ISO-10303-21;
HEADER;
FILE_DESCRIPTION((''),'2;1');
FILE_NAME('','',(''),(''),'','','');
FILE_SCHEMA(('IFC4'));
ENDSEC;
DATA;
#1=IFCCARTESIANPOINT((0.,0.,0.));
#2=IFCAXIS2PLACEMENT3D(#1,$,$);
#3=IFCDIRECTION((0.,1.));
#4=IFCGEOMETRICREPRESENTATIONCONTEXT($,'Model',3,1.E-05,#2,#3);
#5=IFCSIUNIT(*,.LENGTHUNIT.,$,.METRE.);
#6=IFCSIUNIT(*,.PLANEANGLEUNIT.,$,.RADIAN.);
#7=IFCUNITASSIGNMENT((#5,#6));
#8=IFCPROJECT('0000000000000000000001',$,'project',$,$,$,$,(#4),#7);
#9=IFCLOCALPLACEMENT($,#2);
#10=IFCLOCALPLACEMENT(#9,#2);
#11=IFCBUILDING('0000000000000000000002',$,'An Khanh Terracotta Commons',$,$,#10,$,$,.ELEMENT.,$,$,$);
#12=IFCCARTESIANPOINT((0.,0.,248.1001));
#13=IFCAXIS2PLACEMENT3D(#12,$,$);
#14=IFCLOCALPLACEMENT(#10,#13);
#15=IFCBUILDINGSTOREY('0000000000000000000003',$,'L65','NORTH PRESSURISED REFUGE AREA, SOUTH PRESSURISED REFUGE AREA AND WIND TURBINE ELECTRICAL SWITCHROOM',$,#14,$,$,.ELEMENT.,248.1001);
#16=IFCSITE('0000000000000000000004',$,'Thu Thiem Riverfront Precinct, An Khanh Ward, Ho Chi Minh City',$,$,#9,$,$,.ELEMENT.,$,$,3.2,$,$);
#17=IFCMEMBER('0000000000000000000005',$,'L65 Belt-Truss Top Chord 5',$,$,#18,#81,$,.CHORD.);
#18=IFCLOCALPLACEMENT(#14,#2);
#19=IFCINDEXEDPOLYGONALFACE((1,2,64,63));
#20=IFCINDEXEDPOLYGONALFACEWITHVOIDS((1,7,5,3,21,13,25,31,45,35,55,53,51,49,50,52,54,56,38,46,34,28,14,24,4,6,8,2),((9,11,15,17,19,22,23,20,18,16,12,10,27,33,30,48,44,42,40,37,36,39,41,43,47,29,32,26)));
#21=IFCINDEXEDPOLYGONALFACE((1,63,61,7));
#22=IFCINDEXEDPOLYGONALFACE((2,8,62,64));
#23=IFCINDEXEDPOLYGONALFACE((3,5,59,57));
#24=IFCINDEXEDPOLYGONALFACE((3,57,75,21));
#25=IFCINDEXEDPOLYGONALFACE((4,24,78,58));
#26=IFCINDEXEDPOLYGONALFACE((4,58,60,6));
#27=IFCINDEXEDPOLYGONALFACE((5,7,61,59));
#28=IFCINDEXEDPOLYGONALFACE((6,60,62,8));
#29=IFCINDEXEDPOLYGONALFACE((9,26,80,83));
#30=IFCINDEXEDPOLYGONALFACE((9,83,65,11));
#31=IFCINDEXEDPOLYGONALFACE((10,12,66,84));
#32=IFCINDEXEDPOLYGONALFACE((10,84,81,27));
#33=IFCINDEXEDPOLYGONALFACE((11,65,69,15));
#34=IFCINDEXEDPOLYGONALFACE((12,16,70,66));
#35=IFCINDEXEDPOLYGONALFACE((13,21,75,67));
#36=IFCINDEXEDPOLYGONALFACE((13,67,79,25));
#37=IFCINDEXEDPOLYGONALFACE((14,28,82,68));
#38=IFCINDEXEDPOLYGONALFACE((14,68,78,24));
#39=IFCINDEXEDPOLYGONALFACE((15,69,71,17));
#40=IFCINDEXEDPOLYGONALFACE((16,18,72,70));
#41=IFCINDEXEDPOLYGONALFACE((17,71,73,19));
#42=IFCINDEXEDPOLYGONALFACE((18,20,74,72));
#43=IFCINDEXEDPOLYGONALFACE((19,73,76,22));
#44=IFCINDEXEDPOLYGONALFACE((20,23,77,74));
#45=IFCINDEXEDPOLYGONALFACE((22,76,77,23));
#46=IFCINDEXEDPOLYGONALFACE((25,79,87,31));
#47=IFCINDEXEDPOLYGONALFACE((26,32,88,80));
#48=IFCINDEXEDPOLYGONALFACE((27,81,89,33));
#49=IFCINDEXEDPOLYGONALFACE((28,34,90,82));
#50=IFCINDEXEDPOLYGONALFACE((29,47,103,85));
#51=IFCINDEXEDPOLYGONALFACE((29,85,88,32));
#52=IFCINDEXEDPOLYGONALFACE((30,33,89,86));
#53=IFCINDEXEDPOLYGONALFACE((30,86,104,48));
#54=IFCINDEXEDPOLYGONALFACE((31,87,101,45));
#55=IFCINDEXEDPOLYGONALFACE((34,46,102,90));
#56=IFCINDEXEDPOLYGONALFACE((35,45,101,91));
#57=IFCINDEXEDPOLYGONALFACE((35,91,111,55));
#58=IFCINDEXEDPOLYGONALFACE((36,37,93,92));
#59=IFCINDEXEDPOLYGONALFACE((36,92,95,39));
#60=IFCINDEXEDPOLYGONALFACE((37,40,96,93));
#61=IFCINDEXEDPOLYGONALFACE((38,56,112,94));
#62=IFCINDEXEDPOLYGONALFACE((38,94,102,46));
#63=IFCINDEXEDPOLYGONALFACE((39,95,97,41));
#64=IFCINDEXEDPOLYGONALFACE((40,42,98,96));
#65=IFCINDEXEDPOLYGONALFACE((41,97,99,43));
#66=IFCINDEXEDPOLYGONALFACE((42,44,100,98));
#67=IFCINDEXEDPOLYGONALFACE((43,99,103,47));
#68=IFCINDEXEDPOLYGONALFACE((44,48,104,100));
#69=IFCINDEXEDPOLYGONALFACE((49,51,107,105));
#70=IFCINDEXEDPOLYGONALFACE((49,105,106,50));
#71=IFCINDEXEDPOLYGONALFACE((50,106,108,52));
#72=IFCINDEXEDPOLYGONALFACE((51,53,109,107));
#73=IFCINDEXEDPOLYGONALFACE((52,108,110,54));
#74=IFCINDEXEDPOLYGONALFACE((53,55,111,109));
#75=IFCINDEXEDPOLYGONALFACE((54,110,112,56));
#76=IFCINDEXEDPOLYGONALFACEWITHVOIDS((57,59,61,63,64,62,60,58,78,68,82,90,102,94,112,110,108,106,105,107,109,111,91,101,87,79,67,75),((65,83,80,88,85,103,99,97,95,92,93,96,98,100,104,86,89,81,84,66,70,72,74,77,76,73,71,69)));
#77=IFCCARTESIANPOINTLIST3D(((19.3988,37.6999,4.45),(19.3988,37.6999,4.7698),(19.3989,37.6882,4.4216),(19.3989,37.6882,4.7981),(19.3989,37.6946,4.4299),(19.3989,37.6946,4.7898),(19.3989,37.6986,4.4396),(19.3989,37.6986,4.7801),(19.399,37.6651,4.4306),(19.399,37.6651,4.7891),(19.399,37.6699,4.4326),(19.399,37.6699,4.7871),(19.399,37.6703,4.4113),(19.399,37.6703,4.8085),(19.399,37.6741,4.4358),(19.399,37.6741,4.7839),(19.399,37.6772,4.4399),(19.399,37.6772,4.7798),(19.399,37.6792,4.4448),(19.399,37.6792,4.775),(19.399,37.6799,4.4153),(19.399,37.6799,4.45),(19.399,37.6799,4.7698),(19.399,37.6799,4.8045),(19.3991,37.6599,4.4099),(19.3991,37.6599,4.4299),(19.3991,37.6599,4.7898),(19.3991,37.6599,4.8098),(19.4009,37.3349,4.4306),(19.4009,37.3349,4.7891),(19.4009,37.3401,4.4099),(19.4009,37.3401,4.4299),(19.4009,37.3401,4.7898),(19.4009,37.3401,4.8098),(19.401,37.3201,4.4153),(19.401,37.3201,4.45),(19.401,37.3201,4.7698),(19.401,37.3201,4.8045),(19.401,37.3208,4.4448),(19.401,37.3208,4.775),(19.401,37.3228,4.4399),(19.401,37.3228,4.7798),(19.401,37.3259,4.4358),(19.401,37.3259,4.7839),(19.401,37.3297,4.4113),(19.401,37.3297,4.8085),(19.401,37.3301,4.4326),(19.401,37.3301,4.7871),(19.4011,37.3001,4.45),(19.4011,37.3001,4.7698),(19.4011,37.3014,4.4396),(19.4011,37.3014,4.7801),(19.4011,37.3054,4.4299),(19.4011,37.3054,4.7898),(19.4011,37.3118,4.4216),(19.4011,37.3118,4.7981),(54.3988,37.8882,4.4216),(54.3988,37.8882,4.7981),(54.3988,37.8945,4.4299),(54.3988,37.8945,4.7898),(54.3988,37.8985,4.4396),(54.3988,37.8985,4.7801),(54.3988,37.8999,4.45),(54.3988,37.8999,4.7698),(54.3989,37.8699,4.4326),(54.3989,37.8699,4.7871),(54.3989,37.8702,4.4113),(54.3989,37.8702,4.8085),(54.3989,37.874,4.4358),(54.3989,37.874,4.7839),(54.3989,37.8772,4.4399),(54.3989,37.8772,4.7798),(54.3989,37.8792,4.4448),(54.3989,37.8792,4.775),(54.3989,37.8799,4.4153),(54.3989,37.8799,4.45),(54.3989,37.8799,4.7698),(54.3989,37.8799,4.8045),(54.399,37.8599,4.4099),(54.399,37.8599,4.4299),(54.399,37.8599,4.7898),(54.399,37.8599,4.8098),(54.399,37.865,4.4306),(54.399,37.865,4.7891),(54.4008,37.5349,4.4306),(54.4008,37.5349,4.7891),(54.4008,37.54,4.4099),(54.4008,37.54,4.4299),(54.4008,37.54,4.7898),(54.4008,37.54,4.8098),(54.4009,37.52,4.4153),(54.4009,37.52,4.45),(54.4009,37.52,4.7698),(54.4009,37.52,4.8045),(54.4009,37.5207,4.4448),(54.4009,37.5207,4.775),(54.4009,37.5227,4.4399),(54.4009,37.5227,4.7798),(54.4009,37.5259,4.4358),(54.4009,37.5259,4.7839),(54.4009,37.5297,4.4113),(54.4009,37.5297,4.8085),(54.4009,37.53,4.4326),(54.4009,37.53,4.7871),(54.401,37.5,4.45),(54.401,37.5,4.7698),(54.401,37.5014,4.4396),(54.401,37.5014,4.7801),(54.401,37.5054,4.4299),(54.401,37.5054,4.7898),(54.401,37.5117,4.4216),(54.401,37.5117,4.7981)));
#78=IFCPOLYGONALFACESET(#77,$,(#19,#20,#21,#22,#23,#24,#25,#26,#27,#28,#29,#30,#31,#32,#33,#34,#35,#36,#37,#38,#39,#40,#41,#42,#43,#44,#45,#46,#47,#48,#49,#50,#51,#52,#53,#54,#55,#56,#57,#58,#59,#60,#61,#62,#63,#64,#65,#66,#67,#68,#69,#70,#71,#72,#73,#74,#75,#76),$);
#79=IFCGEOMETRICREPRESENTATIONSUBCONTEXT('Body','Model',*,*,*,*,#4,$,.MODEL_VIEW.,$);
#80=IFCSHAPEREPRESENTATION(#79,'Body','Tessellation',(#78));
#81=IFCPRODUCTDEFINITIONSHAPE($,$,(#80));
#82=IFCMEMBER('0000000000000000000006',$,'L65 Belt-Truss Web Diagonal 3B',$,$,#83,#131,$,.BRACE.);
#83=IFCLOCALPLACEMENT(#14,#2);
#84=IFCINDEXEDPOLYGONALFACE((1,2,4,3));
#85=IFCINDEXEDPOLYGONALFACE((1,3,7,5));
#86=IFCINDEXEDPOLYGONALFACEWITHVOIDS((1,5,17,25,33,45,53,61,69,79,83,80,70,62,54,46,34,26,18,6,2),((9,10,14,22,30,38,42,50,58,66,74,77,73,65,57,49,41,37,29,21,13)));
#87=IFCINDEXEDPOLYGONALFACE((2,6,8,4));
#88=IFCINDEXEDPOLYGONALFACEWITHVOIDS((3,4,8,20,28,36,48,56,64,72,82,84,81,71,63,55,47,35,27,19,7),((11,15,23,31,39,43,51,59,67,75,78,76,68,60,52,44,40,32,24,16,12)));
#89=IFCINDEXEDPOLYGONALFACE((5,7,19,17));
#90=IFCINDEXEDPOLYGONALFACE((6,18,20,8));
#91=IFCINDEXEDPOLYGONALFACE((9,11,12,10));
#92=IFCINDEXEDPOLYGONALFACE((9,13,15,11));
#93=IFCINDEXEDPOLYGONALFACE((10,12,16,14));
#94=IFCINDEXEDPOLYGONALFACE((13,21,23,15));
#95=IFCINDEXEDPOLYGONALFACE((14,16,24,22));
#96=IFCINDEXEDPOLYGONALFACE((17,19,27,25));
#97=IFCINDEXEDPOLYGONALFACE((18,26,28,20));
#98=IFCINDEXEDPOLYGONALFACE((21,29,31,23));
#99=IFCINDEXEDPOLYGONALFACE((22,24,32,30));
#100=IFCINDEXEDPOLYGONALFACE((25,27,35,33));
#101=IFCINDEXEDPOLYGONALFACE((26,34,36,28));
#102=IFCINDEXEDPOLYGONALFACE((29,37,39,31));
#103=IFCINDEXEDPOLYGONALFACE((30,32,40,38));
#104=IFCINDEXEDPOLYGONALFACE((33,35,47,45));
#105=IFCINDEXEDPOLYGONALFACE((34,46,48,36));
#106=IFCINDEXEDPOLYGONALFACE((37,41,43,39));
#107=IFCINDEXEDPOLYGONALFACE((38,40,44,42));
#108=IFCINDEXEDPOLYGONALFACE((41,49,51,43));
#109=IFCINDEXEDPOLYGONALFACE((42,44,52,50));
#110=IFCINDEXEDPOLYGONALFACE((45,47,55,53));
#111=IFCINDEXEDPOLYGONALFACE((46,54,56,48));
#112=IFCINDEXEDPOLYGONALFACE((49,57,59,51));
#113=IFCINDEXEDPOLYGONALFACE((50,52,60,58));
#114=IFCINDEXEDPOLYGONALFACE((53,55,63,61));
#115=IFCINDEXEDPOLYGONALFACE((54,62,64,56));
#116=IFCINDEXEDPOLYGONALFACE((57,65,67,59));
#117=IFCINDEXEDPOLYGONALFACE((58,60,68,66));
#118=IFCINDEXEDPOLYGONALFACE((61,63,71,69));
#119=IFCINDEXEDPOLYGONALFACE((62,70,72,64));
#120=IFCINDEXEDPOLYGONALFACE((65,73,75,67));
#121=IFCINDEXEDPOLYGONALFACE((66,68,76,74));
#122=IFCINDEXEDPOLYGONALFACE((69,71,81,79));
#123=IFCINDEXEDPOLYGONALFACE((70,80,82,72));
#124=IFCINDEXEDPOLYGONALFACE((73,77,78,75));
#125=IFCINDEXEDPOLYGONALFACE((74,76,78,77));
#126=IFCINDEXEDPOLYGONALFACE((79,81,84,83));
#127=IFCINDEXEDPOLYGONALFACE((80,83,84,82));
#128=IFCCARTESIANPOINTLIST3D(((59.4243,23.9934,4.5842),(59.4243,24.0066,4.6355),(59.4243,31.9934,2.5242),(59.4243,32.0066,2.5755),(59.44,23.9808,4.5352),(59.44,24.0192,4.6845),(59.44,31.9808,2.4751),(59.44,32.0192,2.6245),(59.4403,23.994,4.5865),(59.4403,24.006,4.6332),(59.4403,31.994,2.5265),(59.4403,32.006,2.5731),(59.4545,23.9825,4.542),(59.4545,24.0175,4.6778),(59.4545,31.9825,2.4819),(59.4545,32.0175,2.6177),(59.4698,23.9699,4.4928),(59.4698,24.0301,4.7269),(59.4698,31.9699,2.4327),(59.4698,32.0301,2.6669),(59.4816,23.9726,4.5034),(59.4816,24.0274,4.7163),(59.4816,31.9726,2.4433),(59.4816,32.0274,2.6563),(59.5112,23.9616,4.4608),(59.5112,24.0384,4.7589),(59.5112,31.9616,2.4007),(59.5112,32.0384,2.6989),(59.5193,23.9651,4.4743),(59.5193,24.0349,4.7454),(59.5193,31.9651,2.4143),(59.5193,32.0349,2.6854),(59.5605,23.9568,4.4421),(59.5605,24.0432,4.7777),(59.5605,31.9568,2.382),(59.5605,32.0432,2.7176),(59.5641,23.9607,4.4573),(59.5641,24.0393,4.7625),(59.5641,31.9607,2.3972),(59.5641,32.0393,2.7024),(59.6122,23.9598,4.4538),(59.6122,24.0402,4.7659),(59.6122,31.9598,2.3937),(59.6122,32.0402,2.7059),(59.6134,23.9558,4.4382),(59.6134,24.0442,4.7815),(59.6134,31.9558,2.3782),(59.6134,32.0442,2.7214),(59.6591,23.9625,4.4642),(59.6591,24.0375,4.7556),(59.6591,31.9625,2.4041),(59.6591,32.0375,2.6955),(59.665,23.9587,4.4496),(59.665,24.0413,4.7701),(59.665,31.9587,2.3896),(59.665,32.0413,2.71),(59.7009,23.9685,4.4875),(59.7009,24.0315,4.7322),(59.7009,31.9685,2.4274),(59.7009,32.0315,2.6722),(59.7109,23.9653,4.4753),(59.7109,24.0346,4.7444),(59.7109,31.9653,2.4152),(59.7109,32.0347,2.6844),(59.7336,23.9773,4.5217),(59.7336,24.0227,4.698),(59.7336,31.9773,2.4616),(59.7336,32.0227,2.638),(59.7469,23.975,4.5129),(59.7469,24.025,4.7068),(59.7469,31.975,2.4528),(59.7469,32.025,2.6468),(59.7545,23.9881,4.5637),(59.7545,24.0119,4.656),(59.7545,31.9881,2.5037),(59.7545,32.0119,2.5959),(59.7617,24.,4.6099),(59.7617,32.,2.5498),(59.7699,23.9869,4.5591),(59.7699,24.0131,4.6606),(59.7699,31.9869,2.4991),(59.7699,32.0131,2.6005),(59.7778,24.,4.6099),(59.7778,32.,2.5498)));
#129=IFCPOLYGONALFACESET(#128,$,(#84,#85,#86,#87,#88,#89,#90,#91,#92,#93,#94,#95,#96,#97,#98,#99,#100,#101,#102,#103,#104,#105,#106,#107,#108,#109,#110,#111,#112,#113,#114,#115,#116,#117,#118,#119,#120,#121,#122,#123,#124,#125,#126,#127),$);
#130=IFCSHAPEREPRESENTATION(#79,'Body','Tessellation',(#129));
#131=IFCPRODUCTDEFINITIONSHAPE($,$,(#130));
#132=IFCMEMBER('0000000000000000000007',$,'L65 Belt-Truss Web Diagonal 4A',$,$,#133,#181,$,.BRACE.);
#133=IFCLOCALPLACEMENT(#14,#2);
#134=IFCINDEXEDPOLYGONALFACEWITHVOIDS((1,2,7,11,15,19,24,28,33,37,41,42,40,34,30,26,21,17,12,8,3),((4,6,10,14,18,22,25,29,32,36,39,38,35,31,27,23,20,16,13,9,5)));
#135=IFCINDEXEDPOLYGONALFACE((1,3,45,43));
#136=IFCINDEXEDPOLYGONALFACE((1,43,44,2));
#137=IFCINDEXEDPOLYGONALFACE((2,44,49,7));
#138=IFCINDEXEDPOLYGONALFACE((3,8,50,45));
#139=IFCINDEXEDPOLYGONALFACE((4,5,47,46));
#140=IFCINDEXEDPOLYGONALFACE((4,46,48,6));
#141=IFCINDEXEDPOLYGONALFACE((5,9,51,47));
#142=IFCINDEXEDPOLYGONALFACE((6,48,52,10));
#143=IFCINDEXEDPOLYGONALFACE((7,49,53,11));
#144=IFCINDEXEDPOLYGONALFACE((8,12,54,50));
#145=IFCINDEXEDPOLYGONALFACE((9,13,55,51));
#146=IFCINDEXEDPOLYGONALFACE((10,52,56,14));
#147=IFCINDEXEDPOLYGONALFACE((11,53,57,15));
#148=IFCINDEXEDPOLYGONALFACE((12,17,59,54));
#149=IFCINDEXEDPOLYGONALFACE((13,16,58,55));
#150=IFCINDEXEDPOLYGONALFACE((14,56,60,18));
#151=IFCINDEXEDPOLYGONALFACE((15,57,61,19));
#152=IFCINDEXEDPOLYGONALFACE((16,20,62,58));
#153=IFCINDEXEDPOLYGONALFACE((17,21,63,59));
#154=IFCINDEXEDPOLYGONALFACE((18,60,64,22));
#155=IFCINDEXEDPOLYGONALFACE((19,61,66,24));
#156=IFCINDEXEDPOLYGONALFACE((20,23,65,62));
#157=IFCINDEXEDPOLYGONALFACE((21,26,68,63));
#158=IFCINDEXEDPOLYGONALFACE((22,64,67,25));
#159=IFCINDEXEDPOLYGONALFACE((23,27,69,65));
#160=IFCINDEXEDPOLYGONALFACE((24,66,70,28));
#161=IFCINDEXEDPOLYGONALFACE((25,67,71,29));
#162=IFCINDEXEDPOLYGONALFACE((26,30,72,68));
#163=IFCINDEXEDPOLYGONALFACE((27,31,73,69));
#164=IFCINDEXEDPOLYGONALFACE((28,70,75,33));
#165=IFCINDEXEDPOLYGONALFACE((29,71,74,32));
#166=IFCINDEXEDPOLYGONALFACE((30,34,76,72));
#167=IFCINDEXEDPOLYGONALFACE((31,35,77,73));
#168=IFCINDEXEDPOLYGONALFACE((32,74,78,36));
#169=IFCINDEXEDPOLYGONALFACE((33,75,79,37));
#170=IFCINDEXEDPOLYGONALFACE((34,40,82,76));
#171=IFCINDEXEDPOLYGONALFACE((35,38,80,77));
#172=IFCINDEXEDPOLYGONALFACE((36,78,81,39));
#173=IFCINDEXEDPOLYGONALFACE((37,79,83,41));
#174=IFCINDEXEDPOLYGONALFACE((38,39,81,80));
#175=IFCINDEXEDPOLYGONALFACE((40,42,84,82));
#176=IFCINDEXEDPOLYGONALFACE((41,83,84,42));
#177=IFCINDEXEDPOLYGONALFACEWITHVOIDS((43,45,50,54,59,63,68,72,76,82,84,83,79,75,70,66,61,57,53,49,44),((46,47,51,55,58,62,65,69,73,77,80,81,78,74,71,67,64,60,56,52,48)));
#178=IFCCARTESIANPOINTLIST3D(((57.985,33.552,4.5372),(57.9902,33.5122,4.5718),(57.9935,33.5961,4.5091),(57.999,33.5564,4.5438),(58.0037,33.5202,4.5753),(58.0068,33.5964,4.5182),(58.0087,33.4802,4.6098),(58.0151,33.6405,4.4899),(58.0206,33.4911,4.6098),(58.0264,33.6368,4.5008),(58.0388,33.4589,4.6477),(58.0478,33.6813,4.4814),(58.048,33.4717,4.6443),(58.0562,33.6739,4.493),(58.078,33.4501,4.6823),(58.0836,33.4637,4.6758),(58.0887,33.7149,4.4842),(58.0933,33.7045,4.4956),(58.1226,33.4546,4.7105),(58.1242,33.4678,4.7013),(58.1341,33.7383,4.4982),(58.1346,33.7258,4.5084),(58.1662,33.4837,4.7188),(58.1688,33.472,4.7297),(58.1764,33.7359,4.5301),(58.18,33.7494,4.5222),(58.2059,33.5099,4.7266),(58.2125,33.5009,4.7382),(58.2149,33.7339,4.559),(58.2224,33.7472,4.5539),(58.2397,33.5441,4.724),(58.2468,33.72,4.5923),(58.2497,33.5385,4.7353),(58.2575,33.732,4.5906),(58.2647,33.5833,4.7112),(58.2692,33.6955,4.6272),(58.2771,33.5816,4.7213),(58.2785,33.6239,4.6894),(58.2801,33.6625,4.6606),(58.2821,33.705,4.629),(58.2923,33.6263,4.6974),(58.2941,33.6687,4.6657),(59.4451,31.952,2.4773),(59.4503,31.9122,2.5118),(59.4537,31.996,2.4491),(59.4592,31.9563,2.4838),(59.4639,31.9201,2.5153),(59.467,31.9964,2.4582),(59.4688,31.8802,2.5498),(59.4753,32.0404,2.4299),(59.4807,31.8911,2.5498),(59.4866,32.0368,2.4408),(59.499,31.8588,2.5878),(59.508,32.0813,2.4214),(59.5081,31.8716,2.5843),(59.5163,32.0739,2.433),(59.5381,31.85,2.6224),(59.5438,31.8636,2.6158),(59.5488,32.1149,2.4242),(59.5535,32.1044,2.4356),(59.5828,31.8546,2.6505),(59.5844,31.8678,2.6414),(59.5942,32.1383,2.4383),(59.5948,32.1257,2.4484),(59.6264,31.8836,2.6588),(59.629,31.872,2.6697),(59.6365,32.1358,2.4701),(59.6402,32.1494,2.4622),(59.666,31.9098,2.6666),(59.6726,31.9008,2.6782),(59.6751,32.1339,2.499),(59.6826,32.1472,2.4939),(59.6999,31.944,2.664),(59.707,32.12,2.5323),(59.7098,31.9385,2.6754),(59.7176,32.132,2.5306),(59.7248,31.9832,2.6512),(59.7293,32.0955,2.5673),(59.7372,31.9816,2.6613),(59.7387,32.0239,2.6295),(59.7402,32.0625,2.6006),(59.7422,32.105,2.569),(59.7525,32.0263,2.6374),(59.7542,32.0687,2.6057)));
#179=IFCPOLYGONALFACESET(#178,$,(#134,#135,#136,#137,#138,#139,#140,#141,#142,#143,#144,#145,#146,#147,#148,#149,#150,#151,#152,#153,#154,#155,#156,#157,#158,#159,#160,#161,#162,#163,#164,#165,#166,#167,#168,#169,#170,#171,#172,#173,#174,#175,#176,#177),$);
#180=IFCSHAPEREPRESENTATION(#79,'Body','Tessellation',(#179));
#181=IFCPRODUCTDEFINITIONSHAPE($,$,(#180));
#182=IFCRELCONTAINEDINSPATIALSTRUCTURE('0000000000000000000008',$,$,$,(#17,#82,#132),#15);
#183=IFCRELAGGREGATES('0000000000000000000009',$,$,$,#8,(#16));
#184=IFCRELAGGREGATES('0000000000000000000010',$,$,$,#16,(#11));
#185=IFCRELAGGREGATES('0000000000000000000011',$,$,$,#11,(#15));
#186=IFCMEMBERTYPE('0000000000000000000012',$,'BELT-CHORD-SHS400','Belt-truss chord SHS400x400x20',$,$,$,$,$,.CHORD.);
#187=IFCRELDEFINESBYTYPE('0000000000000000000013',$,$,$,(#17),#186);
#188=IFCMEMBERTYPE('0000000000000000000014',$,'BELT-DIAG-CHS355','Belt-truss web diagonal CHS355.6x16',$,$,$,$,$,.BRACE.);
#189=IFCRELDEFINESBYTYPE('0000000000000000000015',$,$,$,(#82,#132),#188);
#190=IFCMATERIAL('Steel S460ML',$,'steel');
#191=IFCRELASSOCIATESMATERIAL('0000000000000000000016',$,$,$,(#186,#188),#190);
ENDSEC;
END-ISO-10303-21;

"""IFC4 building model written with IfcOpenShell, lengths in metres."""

from ifc_helpers import new_model, si_unit, direction, frame, origin, origin_2d, place, context, subcontext, project, spatial, hollow_rectangle, hollow_circle, extrude, material, material_profile, profile_set, type_object, element, save


model = new_model("IFC4")

# Units and contexts
model_context = context("Model", 3, precision=1e-05, world=origin(), true_north=direction((0.0, 1.0)))
body_context = subcontext(model_context, "Body", "Model", "MODEL_VIEW")
ifc_project = project(units=[si_unit("LENGTHUNIT", "METRE"), si_unit("PLANEANGLEUNIT", "RADIAN")], contexts=[model_context])

# Site, building, storey
site_placement = place(None, origin())
site = spatial("IfcSite", under=ifc_project, at=site_placement, Name="Thu Thiem Riverfront Precinct, An Khanh Ward, Ho Chi Minh City", CompositionType="ELEMENT", RefElevation=3.2)
building_placement = place(site_placement, origin())
building = spatial("IfcBuilding", under=site, at=building_placement, Name="An Khanh Terracotta Commons", CompositionType="ELEMENT")
storey_placement = place(building_placement, frame((0.0, 0.0, 248.1001)))
storey = spatial("IfcBuildingStorey", under=building, at=storey_placement, Name="L65", Description="NORTH PRESSURISED REFUGE AREA, SOUTH PRESSURISED REFUGE AREA AND WIND TURBINE ELECTRICAL SWITCHROOM", CompositionType="ELEMENT", Elevation=248.1001)

# Members
ifc_material_1 = material(Name="Steel S460ML", Category="steel")
ifc_material_profile_1 = material_profile(ifc_material_1, hollow_rectangle(XDim=0.3999, YDim=0.3999, WallThickness=0.02, InnerFilletRadius=0.02, OuterFilletRadius=0.04, at=origin_2d()), Name="SHS400x400x20")
ifc_profile_set_1 = profile_set([ifc_material_profile_1], Name="Steel S460ML")
member_type_1 = type_object("IfcMemberType", Name="BELT-CHORD-SHS400", Description="Belt-truss chord SHS400x400x20", PredefinedType="CHORD", material=ifc_profile_set_1)
for number, where, z_axis, x_axis, name in (
    (1, (54.3999, 37.7, 4.6099), (-0.999984, -0.005713, 0.0), (0.005713, -0.999984, 0.0), "L65 Belt-Truss Top Chord 5"),
):
    element("IfcMember", number, at=place(storey_placement, frame(where, z_axis=z_axis, x_axis=x_axis)), inside=storey, type_object=member_type_1, Name=name, PredefinedType="CHORD", context=body_context, shape_type="SweptSolid", body=[
        extrude(hollow_rectangle(XDim=0.3999, YDim=0.3999, WallThickness=0.02, InnerFilletRadius=0.02, OuterFilletRadius=0.04, at=origin_2d()), origin(), (0.0, 0.0, 1.0), 35.0005),
    ])
ifc_material_profile_2 = material_profile(ifc_material_1, hollow_circle(Radius=0.1777, WallThickness=0.0161, at=origin_2d()), Name="CHS355.6x16")
ifc_profile_set_2 = profile_set([ifc_material_profile_2], Name="Steel S460ML")
member_type_2 = type_object("IfcMemberType", Name="BELT-DIAG-CHS355", Description="Belt-truss web diagonal CHS355.6x16", PredefinedType="BRACE", material=ifc_profile_set_2)
member_1_placement = place(storey_placement, frame((59.6001, 32.0, 2.5498), z_axis=(0.0, -0.968408, 0.249372), x_axis=(1.0, 0.0, 0.0)))
element("IfcMember", 2, at=member_1_placement, inside=storey, type_object=member_type_2, Name="L65 Belt-Truss Web Diagonal 3B", PredefinedType="BRACE", context=body_context, shape_type="SweptSolid", body=[
    extrude(hollow_circle(Radius=0.1777, WallThickness=0.0161, at=origin_2d()), origin(), (0.0, 0.0, 1.0), 8.261),
])
member_2_placement = place(storey_placement, frame((59.6001, 32.0, 2.5498), z_axis=(-0.488465, 0.535262, 0.689127), x_axis=(-0.738659, -0.67408, 0.0)))
element("IfcMember", 3, at=member_2_placement, inside=storey, type_object=member_type_2, Name="L65 Belt-Truss Web Diagonal 4A", PredefinedType="BRACE", context=body_context, shape_type="SweptSolid", body=[
    extrude(hollow_circle(Radius=0.1777, WallThickness=0.0161, at=origin_2d()), origin(), (0.0, 0.0, 1.0), 2.9893),
])

save(model, "model.ifc")
